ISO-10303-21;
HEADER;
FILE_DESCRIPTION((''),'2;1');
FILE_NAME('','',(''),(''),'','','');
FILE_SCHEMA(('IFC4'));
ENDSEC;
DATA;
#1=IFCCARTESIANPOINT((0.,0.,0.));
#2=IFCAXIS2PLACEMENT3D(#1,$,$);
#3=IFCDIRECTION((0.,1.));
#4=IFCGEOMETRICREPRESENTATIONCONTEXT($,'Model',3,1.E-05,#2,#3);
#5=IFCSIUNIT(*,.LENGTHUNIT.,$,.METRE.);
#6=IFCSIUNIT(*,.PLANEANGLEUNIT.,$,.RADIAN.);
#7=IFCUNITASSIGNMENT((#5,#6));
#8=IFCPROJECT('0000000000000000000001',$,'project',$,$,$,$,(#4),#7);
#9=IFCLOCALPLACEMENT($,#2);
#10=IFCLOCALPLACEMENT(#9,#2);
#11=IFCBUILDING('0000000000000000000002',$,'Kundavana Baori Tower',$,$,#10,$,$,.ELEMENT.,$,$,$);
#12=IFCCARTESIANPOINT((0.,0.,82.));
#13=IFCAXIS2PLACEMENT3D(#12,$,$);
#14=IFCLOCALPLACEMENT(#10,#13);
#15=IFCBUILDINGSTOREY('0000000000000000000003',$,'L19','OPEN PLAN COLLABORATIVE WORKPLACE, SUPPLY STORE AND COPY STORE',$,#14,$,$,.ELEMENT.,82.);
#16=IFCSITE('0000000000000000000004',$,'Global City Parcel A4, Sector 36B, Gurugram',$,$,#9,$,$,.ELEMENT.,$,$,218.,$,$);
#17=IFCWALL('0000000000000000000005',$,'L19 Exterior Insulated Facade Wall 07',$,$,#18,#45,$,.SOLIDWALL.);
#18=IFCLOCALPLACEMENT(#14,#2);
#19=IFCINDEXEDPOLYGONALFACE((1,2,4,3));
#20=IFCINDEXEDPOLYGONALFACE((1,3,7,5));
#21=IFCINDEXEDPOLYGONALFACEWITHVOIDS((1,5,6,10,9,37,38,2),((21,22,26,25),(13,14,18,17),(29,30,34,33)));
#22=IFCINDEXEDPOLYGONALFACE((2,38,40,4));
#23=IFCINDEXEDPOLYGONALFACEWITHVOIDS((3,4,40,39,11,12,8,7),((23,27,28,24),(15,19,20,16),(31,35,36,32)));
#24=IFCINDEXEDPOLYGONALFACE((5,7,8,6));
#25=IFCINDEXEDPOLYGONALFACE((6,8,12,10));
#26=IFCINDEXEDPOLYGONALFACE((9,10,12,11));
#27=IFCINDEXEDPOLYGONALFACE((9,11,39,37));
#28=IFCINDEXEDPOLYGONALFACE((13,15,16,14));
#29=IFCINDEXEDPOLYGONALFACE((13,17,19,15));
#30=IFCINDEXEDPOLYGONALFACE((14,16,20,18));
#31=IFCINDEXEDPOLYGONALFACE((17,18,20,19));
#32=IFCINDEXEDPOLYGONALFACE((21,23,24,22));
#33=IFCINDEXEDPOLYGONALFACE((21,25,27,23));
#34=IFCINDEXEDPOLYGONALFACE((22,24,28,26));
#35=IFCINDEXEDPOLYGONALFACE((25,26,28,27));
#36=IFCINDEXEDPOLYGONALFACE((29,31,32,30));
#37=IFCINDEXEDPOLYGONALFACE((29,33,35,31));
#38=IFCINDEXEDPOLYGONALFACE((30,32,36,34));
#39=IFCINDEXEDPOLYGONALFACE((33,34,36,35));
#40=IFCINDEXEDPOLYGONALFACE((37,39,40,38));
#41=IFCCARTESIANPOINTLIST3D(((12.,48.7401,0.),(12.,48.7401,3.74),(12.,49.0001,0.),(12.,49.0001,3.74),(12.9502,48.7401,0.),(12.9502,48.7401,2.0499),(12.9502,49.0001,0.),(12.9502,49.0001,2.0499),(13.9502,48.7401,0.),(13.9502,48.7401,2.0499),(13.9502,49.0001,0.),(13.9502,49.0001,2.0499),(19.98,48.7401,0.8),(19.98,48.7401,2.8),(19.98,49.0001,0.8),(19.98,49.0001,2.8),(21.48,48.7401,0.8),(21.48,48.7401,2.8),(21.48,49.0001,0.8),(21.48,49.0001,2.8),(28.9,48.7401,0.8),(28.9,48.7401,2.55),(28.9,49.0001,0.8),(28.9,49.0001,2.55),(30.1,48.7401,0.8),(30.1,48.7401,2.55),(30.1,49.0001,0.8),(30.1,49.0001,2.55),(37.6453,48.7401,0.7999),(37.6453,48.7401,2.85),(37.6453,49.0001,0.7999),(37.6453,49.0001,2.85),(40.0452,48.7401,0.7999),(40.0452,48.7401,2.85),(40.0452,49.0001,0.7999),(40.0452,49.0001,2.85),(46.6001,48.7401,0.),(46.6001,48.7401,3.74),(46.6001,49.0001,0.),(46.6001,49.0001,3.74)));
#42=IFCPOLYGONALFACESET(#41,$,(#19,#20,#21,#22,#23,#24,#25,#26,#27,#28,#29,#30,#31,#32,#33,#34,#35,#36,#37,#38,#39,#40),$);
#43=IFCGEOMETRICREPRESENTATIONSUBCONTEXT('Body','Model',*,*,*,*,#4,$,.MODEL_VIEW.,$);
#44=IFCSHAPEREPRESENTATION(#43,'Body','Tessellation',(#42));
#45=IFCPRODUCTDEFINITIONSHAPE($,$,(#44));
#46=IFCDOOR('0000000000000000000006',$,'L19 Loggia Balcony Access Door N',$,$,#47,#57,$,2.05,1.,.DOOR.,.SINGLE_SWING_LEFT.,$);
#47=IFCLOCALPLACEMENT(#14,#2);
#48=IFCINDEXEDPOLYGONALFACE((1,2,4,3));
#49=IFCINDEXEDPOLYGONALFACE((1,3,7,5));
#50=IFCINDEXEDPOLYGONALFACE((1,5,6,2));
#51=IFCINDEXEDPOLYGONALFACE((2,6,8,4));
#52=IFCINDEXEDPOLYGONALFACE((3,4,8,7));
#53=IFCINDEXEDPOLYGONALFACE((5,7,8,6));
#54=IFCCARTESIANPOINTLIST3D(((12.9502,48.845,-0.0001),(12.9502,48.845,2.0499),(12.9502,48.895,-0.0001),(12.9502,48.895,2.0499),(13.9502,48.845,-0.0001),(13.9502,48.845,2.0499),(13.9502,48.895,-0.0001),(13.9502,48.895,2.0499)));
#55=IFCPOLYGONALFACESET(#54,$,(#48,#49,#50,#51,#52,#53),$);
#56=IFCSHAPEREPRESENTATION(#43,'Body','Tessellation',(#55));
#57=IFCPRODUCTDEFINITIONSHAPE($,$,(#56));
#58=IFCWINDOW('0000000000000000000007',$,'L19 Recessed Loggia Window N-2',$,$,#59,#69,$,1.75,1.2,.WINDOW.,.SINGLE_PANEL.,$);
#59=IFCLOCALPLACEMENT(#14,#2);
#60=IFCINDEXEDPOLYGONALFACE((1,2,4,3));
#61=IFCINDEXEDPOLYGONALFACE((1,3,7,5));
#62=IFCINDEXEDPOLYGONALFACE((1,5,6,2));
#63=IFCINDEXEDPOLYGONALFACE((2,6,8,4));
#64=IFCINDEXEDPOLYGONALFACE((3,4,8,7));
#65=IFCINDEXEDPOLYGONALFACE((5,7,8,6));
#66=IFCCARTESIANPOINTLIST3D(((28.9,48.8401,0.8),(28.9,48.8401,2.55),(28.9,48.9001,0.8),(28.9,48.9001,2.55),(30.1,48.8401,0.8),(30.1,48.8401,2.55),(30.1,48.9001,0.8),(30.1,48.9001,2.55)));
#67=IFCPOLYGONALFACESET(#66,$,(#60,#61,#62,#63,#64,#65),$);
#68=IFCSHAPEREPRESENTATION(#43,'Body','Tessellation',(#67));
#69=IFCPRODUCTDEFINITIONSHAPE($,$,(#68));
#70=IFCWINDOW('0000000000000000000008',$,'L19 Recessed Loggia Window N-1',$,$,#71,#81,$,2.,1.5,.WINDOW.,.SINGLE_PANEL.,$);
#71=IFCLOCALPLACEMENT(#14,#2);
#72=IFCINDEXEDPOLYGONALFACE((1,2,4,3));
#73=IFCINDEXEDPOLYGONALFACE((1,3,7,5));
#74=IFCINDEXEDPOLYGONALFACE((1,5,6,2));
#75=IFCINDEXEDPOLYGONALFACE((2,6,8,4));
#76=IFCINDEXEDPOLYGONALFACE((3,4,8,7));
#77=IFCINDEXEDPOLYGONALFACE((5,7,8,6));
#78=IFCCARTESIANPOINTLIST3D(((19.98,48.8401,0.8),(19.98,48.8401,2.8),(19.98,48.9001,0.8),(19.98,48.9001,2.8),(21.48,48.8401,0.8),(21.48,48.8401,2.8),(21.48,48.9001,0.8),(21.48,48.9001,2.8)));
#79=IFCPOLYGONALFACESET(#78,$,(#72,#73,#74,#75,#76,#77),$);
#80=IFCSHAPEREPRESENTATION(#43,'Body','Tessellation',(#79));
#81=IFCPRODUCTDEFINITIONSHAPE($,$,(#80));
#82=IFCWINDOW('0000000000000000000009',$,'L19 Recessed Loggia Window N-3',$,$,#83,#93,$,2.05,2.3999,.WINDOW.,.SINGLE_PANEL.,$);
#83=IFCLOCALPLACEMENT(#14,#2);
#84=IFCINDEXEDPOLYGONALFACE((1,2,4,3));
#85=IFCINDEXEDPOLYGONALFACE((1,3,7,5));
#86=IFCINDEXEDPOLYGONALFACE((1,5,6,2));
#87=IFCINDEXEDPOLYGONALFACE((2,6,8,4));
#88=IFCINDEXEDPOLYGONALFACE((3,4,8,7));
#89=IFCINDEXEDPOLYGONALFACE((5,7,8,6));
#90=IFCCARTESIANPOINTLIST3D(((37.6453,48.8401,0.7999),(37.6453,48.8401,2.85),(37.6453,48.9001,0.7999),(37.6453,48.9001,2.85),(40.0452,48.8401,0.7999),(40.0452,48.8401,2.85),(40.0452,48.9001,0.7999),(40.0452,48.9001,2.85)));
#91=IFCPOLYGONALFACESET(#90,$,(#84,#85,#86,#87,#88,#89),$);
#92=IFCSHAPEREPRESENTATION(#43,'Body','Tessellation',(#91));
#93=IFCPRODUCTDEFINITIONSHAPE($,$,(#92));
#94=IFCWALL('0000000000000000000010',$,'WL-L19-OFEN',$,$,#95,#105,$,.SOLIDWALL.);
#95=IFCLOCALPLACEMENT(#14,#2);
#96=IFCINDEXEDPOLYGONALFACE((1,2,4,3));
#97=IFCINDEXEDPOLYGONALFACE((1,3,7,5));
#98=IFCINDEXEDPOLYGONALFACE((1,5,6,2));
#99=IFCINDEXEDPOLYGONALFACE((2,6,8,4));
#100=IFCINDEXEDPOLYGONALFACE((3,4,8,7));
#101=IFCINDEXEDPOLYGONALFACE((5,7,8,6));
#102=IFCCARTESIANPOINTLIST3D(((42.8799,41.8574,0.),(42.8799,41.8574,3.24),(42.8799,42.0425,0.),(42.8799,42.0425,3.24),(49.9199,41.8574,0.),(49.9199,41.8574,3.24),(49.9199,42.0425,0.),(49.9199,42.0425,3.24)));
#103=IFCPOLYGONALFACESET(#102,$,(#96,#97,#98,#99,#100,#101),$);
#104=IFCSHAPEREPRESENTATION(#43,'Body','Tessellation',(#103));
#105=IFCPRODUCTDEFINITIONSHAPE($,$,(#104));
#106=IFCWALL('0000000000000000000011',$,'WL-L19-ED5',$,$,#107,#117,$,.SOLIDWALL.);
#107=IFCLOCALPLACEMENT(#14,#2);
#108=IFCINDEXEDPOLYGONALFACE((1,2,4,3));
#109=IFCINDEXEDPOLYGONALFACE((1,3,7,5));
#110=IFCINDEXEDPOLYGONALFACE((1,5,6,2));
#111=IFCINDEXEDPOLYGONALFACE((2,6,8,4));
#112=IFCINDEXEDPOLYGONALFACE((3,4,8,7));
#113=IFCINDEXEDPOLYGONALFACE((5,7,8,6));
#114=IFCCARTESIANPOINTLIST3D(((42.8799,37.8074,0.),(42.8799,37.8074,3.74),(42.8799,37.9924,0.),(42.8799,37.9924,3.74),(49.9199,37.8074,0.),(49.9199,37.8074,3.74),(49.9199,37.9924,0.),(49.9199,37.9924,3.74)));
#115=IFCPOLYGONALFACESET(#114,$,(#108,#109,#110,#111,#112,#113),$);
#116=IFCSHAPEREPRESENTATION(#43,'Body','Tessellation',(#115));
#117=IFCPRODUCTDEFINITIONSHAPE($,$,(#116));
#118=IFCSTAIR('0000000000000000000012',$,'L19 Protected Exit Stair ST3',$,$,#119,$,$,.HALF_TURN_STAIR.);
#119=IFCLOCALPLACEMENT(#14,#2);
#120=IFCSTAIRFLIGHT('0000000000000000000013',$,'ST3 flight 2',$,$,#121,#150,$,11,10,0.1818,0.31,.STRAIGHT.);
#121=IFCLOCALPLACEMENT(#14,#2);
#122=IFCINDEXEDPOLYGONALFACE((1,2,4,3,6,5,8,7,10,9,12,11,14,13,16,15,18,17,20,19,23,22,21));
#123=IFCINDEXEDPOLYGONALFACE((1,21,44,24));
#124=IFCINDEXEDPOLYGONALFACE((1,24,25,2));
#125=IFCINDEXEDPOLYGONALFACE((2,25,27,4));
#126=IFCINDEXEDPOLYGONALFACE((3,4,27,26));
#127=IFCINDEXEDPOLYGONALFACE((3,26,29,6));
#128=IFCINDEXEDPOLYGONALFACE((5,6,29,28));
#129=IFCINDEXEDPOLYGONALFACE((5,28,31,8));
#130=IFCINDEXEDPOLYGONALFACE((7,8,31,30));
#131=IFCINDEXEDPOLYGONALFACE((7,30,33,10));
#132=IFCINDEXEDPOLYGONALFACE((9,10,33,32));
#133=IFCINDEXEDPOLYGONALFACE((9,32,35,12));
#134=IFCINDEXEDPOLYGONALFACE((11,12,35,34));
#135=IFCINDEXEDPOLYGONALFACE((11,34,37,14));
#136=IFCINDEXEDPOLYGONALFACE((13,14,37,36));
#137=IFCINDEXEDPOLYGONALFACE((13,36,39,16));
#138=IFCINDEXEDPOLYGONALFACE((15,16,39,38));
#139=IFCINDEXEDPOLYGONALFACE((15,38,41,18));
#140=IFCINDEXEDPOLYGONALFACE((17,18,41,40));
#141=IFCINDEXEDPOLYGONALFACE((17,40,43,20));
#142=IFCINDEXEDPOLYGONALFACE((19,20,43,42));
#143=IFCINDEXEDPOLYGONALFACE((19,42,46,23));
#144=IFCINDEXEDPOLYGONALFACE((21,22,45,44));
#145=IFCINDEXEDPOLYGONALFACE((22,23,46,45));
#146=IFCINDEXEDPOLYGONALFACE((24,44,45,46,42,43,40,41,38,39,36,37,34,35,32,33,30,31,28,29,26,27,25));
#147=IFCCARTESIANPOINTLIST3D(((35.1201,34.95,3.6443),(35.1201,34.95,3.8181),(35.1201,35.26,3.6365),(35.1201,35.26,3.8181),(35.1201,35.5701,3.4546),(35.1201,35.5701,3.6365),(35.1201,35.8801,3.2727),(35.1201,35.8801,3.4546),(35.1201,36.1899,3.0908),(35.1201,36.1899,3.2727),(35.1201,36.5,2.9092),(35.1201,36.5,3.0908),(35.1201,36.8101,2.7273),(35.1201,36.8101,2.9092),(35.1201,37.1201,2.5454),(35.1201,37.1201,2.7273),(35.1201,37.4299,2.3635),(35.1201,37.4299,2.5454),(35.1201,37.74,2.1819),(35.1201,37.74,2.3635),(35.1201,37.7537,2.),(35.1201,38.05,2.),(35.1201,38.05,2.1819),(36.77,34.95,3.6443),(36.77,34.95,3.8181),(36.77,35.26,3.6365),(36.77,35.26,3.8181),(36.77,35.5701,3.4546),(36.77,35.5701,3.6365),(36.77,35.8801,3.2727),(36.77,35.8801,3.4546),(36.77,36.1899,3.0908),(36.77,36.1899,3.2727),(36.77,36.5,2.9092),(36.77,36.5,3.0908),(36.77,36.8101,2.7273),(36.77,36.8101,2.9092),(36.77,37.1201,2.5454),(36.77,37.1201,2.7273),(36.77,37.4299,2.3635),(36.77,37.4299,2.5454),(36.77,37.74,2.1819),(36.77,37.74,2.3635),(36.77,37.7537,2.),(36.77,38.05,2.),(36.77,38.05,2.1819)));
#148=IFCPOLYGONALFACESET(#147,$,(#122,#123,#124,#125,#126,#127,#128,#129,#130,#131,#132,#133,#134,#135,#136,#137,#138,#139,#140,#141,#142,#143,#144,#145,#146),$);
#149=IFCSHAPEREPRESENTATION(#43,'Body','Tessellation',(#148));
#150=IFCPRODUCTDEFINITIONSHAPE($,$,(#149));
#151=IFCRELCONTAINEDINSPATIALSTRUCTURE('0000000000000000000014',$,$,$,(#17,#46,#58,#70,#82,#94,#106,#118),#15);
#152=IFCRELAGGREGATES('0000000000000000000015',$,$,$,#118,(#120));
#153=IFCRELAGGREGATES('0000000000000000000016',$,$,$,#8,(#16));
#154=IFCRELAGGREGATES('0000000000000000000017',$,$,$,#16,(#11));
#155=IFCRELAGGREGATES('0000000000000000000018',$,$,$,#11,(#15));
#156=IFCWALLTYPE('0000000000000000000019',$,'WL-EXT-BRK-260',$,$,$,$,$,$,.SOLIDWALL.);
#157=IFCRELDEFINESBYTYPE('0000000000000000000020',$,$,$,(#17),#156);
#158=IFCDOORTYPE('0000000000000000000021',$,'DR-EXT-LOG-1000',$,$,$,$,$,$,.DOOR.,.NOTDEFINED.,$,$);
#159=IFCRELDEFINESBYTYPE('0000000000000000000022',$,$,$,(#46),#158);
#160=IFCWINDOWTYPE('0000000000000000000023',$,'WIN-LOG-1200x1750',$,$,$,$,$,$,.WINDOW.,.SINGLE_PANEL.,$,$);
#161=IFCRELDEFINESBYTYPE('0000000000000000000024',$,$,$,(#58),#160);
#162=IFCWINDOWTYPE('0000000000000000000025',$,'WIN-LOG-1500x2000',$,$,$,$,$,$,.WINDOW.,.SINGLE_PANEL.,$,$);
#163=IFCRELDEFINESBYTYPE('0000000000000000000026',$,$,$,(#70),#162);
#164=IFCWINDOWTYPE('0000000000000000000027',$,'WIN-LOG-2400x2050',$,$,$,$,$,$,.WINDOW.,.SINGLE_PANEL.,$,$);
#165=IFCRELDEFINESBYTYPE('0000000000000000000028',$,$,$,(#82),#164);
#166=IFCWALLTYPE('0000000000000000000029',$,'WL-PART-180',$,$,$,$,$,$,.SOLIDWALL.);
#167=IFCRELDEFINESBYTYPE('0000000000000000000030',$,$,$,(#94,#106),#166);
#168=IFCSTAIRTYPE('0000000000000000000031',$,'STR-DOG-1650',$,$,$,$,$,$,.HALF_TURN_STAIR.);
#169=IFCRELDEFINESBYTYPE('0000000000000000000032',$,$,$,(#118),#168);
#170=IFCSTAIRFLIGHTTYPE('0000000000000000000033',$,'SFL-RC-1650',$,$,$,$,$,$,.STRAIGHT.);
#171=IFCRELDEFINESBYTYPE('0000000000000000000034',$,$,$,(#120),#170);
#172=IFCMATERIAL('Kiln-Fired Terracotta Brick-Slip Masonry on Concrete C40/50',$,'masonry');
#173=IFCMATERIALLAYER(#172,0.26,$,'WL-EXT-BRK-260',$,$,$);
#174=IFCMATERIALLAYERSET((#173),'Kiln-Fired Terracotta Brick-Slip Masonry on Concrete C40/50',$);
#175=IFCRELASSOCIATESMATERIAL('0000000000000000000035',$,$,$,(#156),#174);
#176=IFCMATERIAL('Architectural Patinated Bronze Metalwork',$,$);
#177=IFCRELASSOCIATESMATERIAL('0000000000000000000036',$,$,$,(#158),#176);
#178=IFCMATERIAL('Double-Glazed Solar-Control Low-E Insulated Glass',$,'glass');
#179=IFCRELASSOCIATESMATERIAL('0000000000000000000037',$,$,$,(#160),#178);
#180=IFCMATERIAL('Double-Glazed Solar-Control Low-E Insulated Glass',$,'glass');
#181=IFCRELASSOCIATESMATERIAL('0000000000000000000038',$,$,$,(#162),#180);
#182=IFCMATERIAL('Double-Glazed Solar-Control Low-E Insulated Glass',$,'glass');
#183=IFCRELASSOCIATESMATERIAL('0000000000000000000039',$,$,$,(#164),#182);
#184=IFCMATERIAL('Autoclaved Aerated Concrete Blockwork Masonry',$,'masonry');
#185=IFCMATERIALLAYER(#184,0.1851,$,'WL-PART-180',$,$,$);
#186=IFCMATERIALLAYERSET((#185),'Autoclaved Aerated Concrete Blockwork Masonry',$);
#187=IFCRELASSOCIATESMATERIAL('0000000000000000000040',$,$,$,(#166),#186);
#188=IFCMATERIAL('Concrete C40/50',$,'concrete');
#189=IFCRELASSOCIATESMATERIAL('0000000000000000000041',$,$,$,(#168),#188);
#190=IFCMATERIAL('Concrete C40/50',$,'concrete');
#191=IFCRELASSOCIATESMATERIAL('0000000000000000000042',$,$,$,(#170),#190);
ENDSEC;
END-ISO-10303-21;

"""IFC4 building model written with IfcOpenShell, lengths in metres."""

from ifc_helpers import new_model, si_unit, direction, frame, frame_2d, origin, place, context, subcontext, project, spatial, polyline, rectangle, outline, extrude, material, layer, layer_set, type_object, element, fill, aggregate, save


model = new_model("IFC4")

# Units and contexts
model_context = context("Model", 3, precision=1e-05, world=origin(), true_north=direction((0.0, 1.0)))
body_context = subcontext(model_context, "Body", "Model", "MODEL_VIEW")
ifc_project = project(units=[si_unit("LENGTHUNIT", "METRE"), si_unit("PLANEANGLEUNIT", "RADIAN")], contexts=[model_context])

# Site, building, storey
site_placement = place(None, origin())
site = spatial("IfcSite", under=ifc_project, at=site_placement, Name="Global City Parcel A4, Sector 36B, Gurugram", CompositionType="ELEMENT", RefElevation=218.0)
building_placement = place(site_placement, origin())
building = spatial("IfcBuilding", under=site, at=building_placement, Name="Kundavana Baori Tower", CompositionType="ELEMENT")
storey_placement = place(building_placement, frame((0.0, 0.0, 82.0)))
storey = spatial("IfcBuildingStorey", under=building, at=storey_placement, Name="L19", Description="OPEN PLAN COLLABORATIVE WORKPLACE, SUPPLY STORE AND COPY STORE", CompositionType="ELEMENT", Elevation=82.0)

# Shared definitions
ifc_material_1 = material(Name="Kiln-Fired Terracotta Brick-Slip Masonry on Concrete C40/50", Category="masonry")
ifc_layer_1 = layer(ifc_material_1, 0.26, Name="WL-EXT-BRK-260")
ifc_layer_set_1 = layer_set([ifc_layer_1], Name="Kiln-Fired Terracotta Brick-Slip Masonry on Concrete C40/50")
wall_type_1 = type_object("IfcWallType", Name="WL-EXT-BRK-260", PredefinedType="SOLIDWALL", material=ifc_layer_set_1)

# Wall, openings, door, windows
wall_1_placement = place(storey_placement, frame((46.6001, 48.8701, 0.0), z_axis=(0.0, 0.0, 1.0), x_axis=(-1.0, 0.0, 0.0)))
wall_1 = element("IfcWall", 1, at=wall_1_placement, inside=storey, type_object=wall_type_1, Name="L19 Exterior Insulated Facade Wall 07", PredefinedType="SOLIDWALL", context=body_context, shape_type="SweptSolid", body=[
    extrude(rectangle(XDim=34.6001, YDim=0.26, at=frame_2d((17.3, 0.0))), origin(), (0.0, 0.0, 1.0), 3.74),
])
opening_1_placement = place(wall_1_placement, frame((32.6499, 0.0, 0.0)))
opening_1 = element("IfcOpeningElement", 2, at=opening_1_placement, cuts=wall_1, PredefinedType="OPENING", context=body_context, shape_type="SweptSolid", body=[
    extrude(rectangle(XDim=1.0, YDim=2.05, at=frame_2d((0.5, 1.0249))), frame((0.0, 0.1401, 0.0), z_axis=(0.0, -1.0, 0.0), x_axis=(1.0, 0.0, 0.0)), (0.0, 0.0, 1.0), 0.28),
])
opening_2_placement = place(wall_1_placement, frame((25.1201, 0.0, 0.8)))
opening_2 = element("IfcOpeningElement", 3, at=opening_2_placement, cuts=wall_1, PredefinedType="OPENING", context=body_context, shape_type="SweptSolid", body=[
    extrude(rectangle(XDim=1.5, YDim=2.0, at=frame_2d((0.75, 1.0))), frame((0.0, 0.1401, 0.0), z_axis=(0.0, -1.0, 0.0), x_axis=(1.0, 0.0, 0.0)), (0.0, 0.0, 1.0), 0.28),
])
opening_3_placement = place(wall_1_placement, frame((16.5, 0.0, 0.8)))
opening_3 = element("IfcOpeningElement", 4, at=opening_3_placement, cuts=wall_1, PredefinedType="OPENING", context=body_context, shape_type="SweptSolid", body=[
    extrude(rectangle(XDim=1.2, YDim=1.75, at=frame_2d((0.6001, 0.875))), frame((0.0, 0.1401, 0.0), z_axis=(0.0, -1.0, 0.0), x_axis=(1.0, 0.0, 0.0)), (0.0, 0.0, 1.0), 0.28),
])
opening_4_placement = place(wall_1_placement, frame((6.5549, 0.0, 0.8)))
opening_4 = element("IfcOpeningElement", 5, at=opening_4_placement, cuts=wall_1, PredefinedType="OPENING", context=body_context, shape_type="SweptSolid", body=[
    extrude(rectangle(XDim=2.3999, YDim=2.05, at=frame_2d((1.2, 1.0249))), frame((0.0, 0.1401, 0.0), z_axis=(0.0, -1.0, 0.0), x_axis=(1.0, 0.0, 0.0)), (0.0, 0.0, 1.0), 0.28),
])
ifc_material_2 = material(Name="Architectural Patinated Bronze Metalwork")
door_type = type_object("IfcDoorType", Name="DR-EXT-LOG-1000", OperationType="NOTDEFINED", PredefinedType="DOOR", material=ifc_material_2)
door_placement = place(opening_1_placement, frame((1.0, 0.0, 0.0), z_axis=(0.0, 0.0, 1.0), x_axis=(-1.0, 0.0, 0.0)))
door = element("IfcDoor", 6, at=door_placement, inside=storey, type_object=door_type, Name="L19 Loggia Balcony Access Door N", OperationType="SINGLE_SWING_LEFT", OverallHeight=2.05, OverallWidth=1.0, PredefinedType="DOOR", context=body_context, shape_type="SweptSolid", body=[
    extrude(rectangle(XDim=1.0, YDim=2.05, at=frame_2d((0.5, 1.0249))), frame((0.0, 0.0249, 0.0), z_axis=(0.0, -1.0, 0.0), x_axis=(1.0, 0.0, 0.0)), (0.0, 0.0, 1.0), 0.05),
])
fill(opening_1, door)
ifc_material_3 = material(Name="Double-Glazed Solar-Control Low-E Insulated Glass", Category="glass")
window_type_1 = type_object("IfcWindowType", Name="WIN-LOG-1200x1750", PartitioningType="SINGLE_PANEL", PredefinedType="WINDOW", material=ifc_material_3)
window_1_placement = place(opening_3_placement, origin())
window_1 = element("IfcWindow", 7, at=window_1_placement, inside=storey, type_object=window_type_1, Name="L19 Recessed Loggia Window N-2", OverallHeight=1.75, OverallWidth=1.2, PartitioningType="SINGLE_PANEL", PredefinedType="WINDOW", context=body_context, shape_type="SweptSolid", body=[
    extrude(rectangle(XDim=1.2, YDim=1.75, at=frame_2d((0.6001, 0.875))), frame((0.0, 0.03, 0.0), z_axis=(0.0, -1.0, 0.0), x_axis=(1.0, 0.0, 0.0)), (0.0, 0.0, 1.0), 0.0601),
])
fill(opening_3, window_1)
ifc_material_4 = material(Name="Double-Glazed Solar-Control Low-E Insulated Glass", Category="glass")
window_type_2 = type_object("IfcWindowType", Name="WIN-LOG-1500x2000", PartitioningType="SINGLE_PANEL", PredefinedType="WINDOW", material=ifc_material_4)
window_2_placement = place(opening_2_placement, origin())
window_2 = element("IfcWindow", 8, at=window_2_placement, inside=storey, type_object=window_type_2, Name="L19 Recessed Loggia Window N-1", OverallHeight=2.0, OverallWidth=1.5, PartitioningType="SINGLE_PANEL", PredefinedType="WINDOW", context=body_context, shape_type="SweptSolid", body=[
    extrude(rectangle(XDim=1.5, YDim=2.0, at=frame_2d((0.75, 1.0))), frame((0.0, 0.03, 0.0), z_axis=(0.0, -1.0, 0.0), x_axis=(1.0, 0.0, 0.0)), (0.0, 0.0, 1.0), 0.0601),
])
fill(opening_2, window_2)
ifc_material_5 = material(Name="Double-Glazed Solar-Control Low-E Insulated Glass", Category="glass")
window_type_3 = type_object("IfcWindowType", Name="WIN-LOG-2400x2050", PartitioningType="SINGLE_PANEL", PredefinedType="WINDOW", material=ifc_material_5)
window_3_placement = place(opening_4_placement, origin())
window_3 = element("IfcWindow", 9, at=window_3_placement, inside=storey, type_object=window_type_3, Name="L19 Recessed Loggia Window N-3", OverallHeight=2.05, OverallWidth=2.3999, PartitioningType="SINGLE_PANEL", PredefinedType="WINDOW", context=body_context, shape_type="SweptSolid", body=[
    extrude(rectangle(XDim=2.3999, YDim=2.05, at=frame_2d((1.2, 1.0249))), frame((0.0, 0.03, 0.0), z_axis=(0.0, -1.0, 0.0), x_axis=(1.0, 0.0, 0.0)), (0.0, 0.0, 1.0), 0.0601),
])
fill(opening_4, window_3)

# Walls
ifc_material_6 = material(Name="Autoclaved Aerated Concrete Blockwork Masonry", Category="masonry")
ifc_layer_2 = layer(ifc_material_6, 0.1851, Name="WL-PART-180")
ifc_layer_set_2 = layer_set([ifc_layer_2], Name="Autoclaved Aerated Concrete Blockwork Masonry")
wall_type_2 = type_object("IfcWallType", Name="WL-PART-180", PredefinedType="SOLIDWALL", material=ifc_layer_set_2)
wall_2_placement = place(storey_placement, frame((42.8799, 41.95, 0.0), z_axis=(0.0, 0.0, 1.0), x_axis=(1.0, 0.0, 0.0)))
element("IfcWall", 10, at=wall_2_placement, inside=storey, type_object=wall_type_2, Name="WL-L19-OFEN", PredefinedType="SOLIDWALL", context=body_context, shape_type="SweptSolid", body=[
    extrude(rectangle(XDim=7.04, YDim=0.1851, at=frame_2d((3.52, 0.0))), origin(), (0.0, 0.0, 1.0), 3.24),
])
wall_3_placement = place(storey_placement, frame((42.8799, 37.8999, 0.0), z_axis=(0.0, 0.0, 1.0), x_axis=(1.0, 0.0, 0.0)))
element("IfcWall", 11, at=wall_3_placement, inside=storey, type_object=wall_type_2, Name="WL-L19-ED5", PredefinedType="SOLIDWALL", context=body_context, shape_type="SweptSolid", body=[
    extrude(rectangle(XDim=7.04, YDim=0.1851, at=frame_2d((3.52, 0.0))), origin(), (0.0, 0.0, 1.0), 3.74),
])

# Stair, stair flight
ifc_material_7 = material(Name="Concrete C40/50", Category="concrete")
stair_type = type_object("IfcStairType", Name="STR-DOG-1650", PredefinedType="HALF_TURN_STAIR", material=ifc_material_7)
stair_placement = place(storey_placement, origin())
stair = element("IfcStair", 12, at=stair_placement, inside=storey, type_object=stair_type, Name="L19 Protected Exit Stair ST3", PredefinedType="HALF_TURN_STAIR")
ifc_material_8 = material(Name="Concrete C40/50", Category="concrete")
stair_flight_type = type_object("IfcStairFlightType", Name="SFL-RC-1650", PredefinedType="STRAIGHT", material=ifc_material_8)
stair_flight_placement = place(storey_placement, frame((35.9451, 38.05, 2.0), z_axis=(0.0, 0.0, 1.0), x_axis=(0.0, -1.0, 0.0)))
stair_flight = element("IfcStairFlight", 13, at=stair_flight_placement, type_object=stair_flight_type, Name="ST3 flight 2", NumberOfRisers=11, NumberOfTreads=10, PredefinedType="STRAIGHT", RiserHeight=0.1818, TreadLength=0.31, context=body_context, shape_type="SweptSolid", body=[
    extrude(outline(polyline([(0.0, 0.0), (0.0, 0.1819), (0.3101, 0.1819), (0.3101, 0.3635), (0.6201, 0.3635), (0.6201, 0.5454), (0.9299, 0.5454), (0.9299, 0.7273), (1.24, 0.7273), (1.24, 0.9092), (1.55, 0.9092), (1.55, 1.0908), (1.8601, 1.0908), (1.8601, 1.2727), (2.1699, 1.2727), (2.1699, 1.4546), (2.48, 1.4546), (2.48, 1.6365), (2.79, 1.6365), (2.79, 1.8181), (3.1001, 1.8181), (3.1001, 2.0), (3.1001, 1.6443), (0.2964, 0.0), (0.0, 0.0)])), frame((0.0, 0.825, 0.0), z_axis=(0.0, -1.0, 0.0), x_axis=(1.0, 0.0, 0.0)), (0.0, 0.0, 1.0), 1.6499),
])
aggregate(stair, [stair_flight])

save(model, "model.ifc")
